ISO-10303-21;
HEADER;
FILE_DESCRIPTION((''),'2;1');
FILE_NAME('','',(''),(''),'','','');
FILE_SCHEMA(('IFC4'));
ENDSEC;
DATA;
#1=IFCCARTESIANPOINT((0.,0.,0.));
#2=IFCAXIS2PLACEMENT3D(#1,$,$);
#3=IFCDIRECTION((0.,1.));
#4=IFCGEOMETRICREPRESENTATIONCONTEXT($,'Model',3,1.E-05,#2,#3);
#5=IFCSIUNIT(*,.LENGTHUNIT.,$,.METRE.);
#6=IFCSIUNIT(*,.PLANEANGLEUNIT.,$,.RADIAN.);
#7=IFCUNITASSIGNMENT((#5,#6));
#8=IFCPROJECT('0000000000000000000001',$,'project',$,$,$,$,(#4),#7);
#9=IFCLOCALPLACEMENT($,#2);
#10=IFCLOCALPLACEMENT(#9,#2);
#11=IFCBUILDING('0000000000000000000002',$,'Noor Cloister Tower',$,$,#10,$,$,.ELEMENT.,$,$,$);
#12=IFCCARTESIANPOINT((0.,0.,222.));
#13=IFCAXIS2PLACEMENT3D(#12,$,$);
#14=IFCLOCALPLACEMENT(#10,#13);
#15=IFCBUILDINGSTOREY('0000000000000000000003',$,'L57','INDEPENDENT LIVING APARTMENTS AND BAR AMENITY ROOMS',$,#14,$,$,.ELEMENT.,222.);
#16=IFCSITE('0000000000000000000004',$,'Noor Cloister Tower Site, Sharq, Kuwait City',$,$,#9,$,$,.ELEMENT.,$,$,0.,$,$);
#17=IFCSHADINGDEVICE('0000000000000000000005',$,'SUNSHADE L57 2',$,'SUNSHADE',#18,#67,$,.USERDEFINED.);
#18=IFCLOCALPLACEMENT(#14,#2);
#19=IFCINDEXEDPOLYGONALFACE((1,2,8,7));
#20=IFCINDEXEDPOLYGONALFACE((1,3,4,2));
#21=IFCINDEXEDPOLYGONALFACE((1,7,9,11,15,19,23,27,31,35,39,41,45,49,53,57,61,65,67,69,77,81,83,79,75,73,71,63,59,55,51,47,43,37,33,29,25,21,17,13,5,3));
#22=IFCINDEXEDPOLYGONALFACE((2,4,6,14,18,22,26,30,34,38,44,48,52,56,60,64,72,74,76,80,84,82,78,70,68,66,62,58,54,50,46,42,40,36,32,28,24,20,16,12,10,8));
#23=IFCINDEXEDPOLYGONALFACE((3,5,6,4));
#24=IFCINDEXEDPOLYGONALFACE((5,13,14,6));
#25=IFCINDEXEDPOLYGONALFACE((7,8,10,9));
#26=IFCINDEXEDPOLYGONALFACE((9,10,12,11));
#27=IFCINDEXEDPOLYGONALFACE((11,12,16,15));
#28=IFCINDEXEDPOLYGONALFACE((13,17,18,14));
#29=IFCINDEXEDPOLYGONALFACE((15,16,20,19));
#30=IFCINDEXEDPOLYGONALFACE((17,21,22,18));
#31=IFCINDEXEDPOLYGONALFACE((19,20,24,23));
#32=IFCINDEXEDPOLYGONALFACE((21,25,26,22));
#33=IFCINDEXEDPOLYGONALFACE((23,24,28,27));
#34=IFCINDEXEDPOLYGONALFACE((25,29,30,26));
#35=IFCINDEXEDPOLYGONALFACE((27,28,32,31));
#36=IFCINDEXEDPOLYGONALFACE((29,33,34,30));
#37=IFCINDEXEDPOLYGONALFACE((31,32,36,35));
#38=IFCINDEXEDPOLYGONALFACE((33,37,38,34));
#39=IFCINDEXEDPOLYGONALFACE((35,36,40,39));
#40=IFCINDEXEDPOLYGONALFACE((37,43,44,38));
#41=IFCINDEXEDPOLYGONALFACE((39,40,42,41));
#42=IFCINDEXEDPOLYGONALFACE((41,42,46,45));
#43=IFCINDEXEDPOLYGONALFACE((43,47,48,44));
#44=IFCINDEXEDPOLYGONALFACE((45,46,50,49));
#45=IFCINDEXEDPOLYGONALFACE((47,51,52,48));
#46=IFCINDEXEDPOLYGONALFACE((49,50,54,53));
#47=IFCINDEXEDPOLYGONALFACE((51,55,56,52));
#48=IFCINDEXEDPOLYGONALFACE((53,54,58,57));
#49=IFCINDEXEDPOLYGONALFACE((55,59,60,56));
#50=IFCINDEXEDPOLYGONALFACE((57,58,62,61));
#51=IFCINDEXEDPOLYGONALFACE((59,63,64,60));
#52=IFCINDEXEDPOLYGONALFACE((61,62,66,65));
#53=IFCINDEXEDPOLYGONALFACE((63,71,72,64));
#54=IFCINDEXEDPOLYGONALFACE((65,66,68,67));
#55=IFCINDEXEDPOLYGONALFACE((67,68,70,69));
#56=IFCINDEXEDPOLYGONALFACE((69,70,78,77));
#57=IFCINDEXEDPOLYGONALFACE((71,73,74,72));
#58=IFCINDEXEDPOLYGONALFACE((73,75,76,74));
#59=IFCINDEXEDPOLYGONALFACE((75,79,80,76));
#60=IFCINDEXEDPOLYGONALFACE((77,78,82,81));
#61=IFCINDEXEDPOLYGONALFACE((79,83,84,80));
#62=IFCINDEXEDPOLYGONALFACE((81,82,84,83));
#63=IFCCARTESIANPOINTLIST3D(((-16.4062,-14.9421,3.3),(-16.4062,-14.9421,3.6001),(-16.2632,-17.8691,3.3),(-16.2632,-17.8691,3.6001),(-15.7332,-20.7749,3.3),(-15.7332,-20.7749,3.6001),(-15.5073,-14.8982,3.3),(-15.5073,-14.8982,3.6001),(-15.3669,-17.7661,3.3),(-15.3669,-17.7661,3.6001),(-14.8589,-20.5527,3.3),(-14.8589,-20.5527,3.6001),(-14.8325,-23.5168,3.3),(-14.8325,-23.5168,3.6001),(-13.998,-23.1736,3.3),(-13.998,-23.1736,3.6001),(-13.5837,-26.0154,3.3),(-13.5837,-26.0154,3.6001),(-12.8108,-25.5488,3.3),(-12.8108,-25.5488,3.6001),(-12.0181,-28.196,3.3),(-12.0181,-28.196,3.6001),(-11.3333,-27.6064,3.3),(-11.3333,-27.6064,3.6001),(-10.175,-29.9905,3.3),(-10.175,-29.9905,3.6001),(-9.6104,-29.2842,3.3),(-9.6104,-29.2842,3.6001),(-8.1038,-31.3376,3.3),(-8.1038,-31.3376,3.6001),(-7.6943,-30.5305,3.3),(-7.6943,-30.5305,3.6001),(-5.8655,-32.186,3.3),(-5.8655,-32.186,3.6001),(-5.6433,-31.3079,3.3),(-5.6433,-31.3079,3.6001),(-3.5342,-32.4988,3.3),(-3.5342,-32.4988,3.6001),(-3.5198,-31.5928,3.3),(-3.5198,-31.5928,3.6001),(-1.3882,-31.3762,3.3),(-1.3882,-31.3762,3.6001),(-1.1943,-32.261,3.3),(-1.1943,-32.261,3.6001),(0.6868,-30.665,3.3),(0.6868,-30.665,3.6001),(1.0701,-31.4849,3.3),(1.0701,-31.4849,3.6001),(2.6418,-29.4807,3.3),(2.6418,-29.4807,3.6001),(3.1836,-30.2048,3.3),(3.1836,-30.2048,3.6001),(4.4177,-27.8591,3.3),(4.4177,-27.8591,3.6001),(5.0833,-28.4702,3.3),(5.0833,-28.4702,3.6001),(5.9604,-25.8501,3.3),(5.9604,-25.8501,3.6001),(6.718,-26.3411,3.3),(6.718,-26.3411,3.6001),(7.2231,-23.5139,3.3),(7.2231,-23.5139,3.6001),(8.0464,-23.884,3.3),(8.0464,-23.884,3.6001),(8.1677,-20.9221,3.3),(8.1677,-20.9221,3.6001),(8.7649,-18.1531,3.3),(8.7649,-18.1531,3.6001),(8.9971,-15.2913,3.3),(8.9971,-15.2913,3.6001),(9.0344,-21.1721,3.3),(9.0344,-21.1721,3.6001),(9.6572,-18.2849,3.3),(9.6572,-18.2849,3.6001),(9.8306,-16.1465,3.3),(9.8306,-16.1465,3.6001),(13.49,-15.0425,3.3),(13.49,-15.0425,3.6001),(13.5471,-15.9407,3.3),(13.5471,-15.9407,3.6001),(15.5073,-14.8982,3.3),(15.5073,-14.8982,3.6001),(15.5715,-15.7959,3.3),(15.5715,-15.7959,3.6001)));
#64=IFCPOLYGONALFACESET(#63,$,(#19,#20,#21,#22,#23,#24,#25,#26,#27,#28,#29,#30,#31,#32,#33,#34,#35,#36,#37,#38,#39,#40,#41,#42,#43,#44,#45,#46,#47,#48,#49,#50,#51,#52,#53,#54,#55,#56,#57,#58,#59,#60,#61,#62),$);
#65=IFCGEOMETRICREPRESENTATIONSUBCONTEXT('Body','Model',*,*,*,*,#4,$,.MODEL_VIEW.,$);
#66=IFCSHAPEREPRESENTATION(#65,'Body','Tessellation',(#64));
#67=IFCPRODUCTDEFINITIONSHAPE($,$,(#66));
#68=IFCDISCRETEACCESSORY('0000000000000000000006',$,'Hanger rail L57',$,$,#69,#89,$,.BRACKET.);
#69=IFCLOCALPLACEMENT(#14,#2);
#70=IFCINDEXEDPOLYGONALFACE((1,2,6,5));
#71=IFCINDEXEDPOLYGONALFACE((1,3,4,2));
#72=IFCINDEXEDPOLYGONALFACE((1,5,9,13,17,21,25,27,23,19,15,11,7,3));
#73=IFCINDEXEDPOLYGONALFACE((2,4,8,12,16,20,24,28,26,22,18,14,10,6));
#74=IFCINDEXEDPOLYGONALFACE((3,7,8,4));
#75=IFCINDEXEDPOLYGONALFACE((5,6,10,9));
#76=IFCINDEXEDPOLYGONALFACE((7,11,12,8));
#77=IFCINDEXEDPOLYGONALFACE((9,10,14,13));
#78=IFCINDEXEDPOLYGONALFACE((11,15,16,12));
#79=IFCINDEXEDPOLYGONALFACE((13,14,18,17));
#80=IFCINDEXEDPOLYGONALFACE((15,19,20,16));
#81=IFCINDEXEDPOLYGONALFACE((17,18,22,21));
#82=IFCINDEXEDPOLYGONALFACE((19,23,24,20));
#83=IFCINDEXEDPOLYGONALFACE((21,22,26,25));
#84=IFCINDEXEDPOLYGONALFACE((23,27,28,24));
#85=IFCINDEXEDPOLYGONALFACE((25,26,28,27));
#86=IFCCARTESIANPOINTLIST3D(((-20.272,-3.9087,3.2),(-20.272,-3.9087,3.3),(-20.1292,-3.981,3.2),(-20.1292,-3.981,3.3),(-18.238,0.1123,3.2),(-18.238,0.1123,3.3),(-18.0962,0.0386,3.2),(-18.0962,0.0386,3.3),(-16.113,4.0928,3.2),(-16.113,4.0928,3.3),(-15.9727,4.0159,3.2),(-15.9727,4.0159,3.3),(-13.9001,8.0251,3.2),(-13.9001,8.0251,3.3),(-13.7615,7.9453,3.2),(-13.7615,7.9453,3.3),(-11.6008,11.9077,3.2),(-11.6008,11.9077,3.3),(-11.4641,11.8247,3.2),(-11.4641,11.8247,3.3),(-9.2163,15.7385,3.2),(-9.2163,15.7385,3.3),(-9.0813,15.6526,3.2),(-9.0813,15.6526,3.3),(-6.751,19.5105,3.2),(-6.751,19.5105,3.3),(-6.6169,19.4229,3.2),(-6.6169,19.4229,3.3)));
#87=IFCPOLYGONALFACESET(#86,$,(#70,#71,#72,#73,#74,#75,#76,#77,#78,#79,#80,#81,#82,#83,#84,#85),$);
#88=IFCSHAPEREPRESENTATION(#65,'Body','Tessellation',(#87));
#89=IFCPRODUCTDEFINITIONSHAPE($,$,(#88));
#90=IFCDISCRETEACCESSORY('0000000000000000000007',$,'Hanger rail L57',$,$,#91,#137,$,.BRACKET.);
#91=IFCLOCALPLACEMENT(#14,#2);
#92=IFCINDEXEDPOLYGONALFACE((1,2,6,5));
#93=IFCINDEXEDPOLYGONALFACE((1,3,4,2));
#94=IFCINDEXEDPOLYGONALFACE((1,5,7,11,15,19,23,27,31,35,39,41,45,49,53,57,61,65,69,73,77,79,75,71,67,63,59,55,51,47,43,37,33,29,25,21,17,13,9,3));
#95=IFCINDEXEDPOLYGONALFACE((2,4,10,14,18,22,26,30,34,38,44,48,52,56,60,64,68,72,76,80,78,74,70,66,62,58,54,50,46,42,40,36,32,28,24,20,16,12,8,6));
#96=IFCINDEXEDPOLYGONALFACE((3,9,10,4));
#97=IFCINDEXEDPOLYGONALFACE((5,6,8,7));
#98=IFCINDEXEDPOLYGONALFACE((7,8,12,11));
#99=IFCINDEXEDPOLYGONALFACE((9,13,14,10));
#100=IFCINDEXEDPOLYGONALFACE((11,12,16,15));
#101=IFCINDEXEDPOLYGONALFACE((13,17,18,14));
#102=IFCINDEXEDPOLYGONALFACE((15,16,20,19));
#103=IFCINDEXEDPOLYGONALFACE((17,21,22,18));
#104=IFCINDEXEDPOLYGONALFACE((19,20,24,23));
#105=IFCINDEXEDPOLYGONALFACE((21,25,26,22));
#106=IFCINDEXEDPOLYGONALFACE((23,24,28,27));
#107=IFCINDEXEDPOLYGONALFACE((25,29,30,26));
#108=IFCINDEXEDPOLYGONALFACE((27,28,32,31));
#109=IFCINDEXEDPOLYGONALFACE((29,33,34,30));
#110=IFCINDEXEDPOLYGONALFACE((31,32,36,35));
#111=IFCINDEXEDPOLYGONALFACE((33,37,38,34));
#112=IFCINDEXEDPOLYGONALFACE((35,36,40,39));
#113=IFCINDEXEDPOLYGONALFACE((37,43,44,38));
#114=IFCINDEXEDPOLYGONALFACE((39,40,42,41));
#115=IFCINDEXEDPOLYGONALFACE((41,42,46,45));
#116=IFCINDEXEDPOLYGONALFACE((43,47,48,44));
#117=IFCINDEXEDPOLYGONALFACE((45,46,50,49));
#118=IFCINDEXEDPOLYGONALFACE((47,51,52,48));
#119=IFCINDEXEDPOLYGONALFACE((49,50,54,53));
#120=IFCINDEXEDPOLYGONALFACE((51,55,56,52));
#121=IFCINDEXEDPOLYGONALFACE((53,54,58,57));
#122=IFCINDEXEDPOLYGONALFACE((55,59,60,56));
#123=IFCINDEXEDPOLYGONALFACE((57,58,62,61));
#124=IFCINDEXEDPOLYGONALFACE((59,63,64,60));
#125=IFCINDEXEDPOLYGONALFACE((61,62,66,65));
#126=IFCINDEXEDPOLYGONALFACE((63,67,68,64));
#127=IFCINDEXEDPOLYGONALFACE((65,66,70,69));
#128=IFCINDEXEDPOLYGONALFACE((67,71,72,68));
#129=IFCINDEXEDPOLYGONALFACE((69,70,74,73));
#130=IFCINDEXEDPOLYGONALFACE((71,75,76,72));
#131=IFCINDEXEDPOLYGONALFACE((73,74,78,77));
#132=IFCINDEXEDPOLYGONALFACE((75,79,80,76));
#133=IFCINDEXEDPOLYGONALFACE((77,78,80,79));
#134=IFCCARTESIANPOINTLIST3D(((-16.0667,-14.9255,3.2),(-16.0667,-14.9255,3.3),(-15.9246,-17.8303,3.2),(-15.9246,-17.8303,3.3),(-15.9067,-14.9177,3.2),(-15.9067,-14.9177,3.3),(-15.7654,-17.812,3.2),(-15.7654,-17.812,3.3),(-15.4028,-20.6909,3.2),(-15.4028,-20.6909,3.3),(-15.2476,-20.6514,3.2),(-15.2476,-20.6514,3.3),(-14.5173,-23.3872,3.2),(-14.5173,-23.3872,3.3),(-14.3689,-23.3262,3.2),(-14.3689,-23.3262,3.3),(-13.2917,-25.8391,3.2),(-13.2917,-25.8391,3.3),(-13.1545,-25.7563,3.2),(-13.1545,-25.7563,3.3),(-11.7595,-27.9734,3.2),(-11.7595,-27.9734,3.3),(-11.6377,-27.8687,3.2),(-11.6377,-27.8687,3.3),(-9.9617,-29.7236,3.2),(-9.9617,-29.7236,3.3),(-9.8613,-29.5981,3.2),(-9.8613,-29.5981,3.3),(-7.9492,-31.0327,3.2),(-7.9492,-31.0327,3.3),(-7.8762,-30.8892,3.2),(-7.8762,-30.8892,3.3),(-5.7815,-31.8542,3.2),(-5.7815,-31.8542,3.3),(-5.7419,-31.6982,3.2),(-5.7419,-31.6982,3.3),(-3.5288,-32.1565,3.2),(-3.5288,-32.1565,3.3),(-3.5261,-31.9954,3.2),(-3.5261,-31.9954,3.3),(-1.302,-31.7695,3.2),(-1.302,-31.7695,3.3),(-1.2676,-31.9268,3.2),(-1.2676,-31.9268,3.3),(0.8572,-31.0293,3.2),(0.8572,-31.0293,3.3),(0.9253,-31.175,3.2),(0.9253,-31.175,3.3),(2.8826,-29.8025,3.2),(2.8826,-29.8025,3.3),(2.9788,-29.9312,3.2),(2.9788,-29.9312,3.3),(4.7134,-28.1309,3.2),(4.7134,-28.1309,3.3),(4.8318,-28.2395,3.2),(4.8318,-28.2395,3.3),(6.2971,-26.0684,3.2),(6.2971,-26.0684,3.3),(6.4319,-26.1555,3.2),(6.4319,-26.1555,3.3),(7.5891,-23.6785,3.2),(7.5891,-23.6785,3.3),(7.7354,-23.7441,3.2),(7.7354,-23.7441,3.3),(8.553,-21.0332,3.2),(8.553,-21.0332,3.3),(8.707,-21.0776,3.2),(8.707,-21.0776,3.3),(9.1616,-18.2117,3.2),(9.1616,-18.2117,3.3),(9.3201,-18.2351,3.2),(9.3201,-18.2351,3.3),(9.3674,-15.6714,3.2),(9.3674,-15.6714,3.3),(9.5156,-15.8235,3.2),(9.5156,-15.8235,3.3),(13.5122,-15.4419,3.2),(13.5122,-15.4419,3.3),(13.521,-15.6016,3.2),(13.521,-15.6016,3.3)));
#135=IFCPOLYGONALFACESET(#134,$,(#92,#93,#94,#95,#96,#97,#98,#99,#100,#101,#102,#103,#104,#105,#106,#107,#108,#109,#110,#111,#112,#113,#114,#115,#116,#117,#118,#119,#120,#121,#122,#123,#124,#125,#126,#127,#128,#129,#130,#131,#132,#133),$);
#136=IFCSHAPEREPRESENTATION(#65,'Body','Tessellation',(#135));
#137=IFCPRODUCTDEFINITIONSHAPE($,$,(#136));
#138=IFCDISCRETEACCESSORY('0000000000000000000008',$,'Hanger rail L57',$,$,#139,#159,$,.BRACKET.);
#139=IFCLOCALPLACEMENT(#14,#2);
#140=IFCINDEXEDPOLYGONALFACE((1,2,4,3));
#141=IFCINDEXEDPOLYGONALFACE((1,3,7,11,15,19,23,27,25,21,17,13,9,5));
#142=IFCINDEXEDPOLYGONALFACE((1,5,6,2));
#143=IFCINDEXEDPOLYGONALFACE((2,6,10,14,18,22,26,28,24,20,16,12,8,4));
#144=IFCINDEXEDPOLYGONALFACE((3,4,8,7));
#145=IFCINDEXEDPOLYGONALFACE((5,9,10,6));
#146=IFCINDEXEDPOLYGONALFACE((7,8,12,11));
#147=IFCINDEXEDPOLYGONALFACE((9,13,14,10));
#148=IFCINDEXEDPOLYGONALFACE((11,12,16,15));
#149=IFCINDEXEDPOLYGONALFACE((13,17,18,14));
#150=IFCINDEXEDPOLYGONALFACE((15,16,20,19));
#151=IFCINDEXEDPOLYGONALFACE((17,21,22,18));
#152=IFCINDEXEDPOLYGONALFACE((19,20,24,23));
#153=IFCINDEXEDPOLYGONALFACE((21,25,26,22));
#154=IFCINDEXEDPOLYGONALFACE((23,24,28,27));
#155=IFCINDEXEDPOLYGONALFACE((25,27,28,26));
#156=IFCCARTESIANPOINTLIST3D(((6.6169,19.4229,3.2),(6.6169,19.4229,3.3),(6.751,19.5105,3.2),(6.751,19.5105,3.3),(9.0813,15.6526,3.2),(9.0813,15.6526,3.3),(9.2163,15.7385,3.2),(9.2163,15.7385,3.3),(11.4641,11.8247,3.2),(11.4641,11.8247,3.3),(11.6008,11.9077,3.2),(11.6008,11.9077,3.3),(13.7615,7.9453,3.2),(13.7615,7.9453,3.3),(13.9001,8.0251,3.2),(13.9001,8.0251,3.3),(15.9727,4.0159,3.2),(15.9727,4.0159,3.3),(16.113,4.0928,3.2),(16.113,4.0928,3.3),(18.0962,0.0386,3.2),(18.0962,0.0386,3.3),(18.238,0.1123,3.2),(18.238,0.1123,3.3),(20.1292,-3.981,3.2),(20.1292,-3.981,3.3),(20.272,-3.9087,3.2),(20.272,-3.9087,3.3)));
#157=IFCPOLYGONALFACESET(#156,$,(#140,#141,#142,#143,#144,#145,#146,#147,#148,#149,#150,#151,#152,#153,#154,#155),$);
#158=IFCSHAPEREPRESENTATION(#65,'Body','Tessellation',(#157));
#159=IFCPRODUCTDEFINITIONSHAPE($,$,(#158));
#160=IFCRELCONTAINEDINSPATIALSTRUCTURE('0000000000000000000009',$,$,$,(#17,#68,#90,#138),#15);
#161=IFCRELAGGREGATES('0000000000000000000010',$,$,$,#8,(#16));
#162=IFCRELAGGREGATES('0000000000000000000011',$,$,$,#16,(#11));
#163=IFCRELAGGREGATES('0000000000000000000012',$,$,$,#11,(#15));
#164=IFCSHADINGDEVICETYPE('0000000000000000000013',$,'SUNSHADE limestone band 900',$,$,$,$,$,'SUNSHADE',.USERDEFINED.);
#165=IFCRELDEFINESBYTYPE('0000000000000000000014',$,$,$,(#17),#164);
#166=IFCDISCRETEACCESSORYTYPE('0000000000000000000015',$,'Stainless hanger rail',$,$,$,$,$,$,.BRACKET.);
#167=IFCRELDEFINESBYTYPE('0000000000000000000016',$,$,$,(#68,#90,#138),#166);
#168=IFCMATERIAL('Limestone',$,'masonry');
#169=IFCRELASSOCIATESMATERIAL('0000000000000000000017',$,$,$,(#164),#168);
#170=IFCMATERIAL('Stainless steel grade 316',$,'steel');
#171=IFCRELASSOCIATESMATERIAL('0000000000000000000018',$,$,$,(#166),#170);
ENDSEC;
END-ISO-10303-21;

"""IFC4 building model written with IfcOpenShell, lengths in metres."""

from ifc_helpers import new_model, si_unit, direction, frame, origin, place, context, subcontext, project, spatial, polyline, outline, extrude, material, type_object, element, save


model = new_model("IFC4")

# Units and contexts
model_context = context("Model", 3, precision=1e-05, world=origin(), true_north=direction((0.0, 1.0)))
body_context = subcontext(model_context, "Body", "Model", "MODEL_VIEW")
ifc_project = project(units=[si_unit("LENGTHUNIT", "METRE"), si_unit("PLANEANGLEUNIT", "RADIAN")], contexts=[model_context])

# Site, building, storey
site_placement = place(None, origin())
site = spatial("IfcSite", under=ifc_project, at=site_placement, Name="Noor Cloister Tower Site, Sharq, Kuwait City", CompositionType="ELEMENT", RefElevation=0.0)
building_placement = place(site_placement, origin())
building = spatial("IfcBuilding", under=site, at=building_placement, Name="Noor Cloister Tower", CompositionType="ELEMENT")
storey_placement = place(building_placement, frame((0.0, 0.0, 222.0)))
storey = spatial("IfcBuildingStorey", under=building, at=storey_placement, Name="L57", Description="INDEPENDENT LIVING APARTMENTS AND BAR AMENITY ROOMS", CompositionType="ELEMENT", Elevation=222.0)

# Shading device
ifc_material_1 = material(Name="Limestone", Category="masonry")
shading_device_type = type_object("IfcShadingDeviceType", Name="SUNSHADE limestone band 900", ElementType="SUNSHADE", PredefinedType="USERDEFINED", material=ifc_material_1)
shading_device_1_placement = place(storey_placement, frame((0.0, 0.0, 3.3)))
element("IfcShadingDevice", 1, at=shading_device_1_placement, inside=storey, type_object=shading_device_type, Name="SUNSHADE L57 2", ObjectType="SUNSHADE", PredefinedType="USERDEFINED", context=body_context, shape_type="SweptSolid", body=[
    extrude(outline(polyline([(-16.4062, -14.9421), (-16.2632, -17.8691), (-15.7332, -20.7749), (-14.8325, -23.5168), (-13.5837, -26.0154), (-12.0181, -28.196), (-10.175, -29.9905), (-8.1038, -31.3376), (-5.8655, -32.186), (-3.5342, -32.4988), (-1.1943, -32.261), (1.0701, -31.4849), (3.1836, -30.2048), (5.0833, -28.4702), (6.718, -26.3411), (8.0464, -23.884), (9.0344, -21.1721), (9.6572, -18.2849), (9.8306, -16.1465), (13.5471, -15.9407), (15.5715, -15.7959), (15.5073, -14.8982), (13.49, -15.0425), (8.9971, -15.2913), (8.7649, -18.1531), (8.1677, -20.9221), (7.2231, -23.5139), (5.9604, -25.8501), (4.4177, -27.8591), (2.6418, -29.4807), (0.6868, -30.665), (-1.3882, -31.3762), (-3.5198, -31.5928), (-5.6433, -31.3079), (-7.6943, -30.5305), (-9.6104, -29.2842), (-11.3333, -27.6064), (-12.8108, -25.5488), (-13.998, -23.1736), (-14.8589, -20.5527), (-15.3669, -17.7661), (-15.5073, -14.8982), (-16.4062, -14.9421)])), origin(), (0.0, 0.0, 1.0), 0.3),
])

# Discrete accessories
ifc_material_2 = material(Name="Stainless steel grade 316", Category="steel")
discrete_accessory_type = type_object("IfcDiscreteAccessoryType", Name="Stainless hanger rail", PredefinedType="BRACKET", material=ifc_material_2)
discrete_accessory_1_placement = place(storey_placement, frame((0.0, 0.0, 3.2)))
element("IfcDiscreteAccessory", 2, at=discrete_accessory_1_placement, inside=storey, type_object=discrete_accessory_type, Name="Hanger rail L57", PredefinedType="BRACKET", context=body_context, shape_type="SweptSolid", body=[
    extrude(outline(polyline([(-6.751, 19.5105), (-9.2163, 15.7385), (-11.6008, 11.9077), (-13.9001, 8.0251), (-16.113, 4.0928), (-18.238, 0.1123), (-20.272, -3.9087), (-20.1292, -3.981), (-18.0962, 0.0386), (-15.9727, 4.0159), (-13.7615, 7.9453), (-11.4641, 11.8247), (-9.0813, 15.6526), (-6.6169, 19.4229), (-6.751, 19.5105)])), origin(), (0.0, 0.0, 1.0), 0.1001),
])
discrete_accessory_2_placement = place(storey_placement, frame((0.0, 0.0, 3.2)))
element("IfcDiscreteAccessory", 3, at=discrete_accessory_2_placement, inside=storey, type_object=discrete_accessory_type, Name="Hanger rail L57", PredefinedType="BRACKET", context=body_context, shape_type="SweptSolid", body=[
    extrude(outline(polyline([(-16.0667, -14.9255), (-15.9246, -17.8303), (-15.4028, -20.6909), (-14.5173, -23.3872), (-13.2917, -25.8391), (-11.7595, -27.9734), (-9.9617, -29.7236), (-7.9492, -31.0327), (-5.7815, -31.8542), (-3.5288, -32.1565), (-1.2676, -31.9268), (0.9253, -31.175), (2.9788, -29.9312), (4.8318, -28.2395), (6.4319, -26.1555), (7.7354, -23.7441), (8.707, -21.0776), (9.3201, -18.2351), (9.5156, -15.8235), (13.521, -15.6016), (13.5122, -15.4419), (9.3674, -15.6714), (9.1616, -18.2117), (8.553, -21.0332), (7.5891, -23.6785), (6.2971, -26.0684), (4.7134, -28.1309), (2.8826, -29.8025), (0.8572, -31.0293), (-1.302, -31.7695), (-3.5261, -31.9954), (-5.7419, -31.6982), (-7.8762, -30.8892), (-9.8613, -29.5981), (-11.6377, -27.8687), (-13.1545, -25.7563), (-14.3689, -23.3262), (-15.2476, -20.6514), (-15.7654, -17.812), (-15.9067, -14.9177), (-16.0667, -14.9255)])), origin(), (0.0, 0.0, 1.0), 0.1001),
])
discrete_accessory_3_placement = place(storey_placement, frame((0.0, 0.0, 3.2)))
element("IfcDiscreteAccessory", 4, at=discrete_accessory_3_placement, inside=storey, type_object=discrete_accessory_type, Name="Hanger rail L57", PredefinedType="BRACKET", context=body_context, shape_type="SweptSolid", body=[
    extrude(outline(polyline([(20.272, -3.9087), (18.238, 0.1123), (16.113, 4.0928), (13.9001, 8.0251), (11.6008, 11.9077), (9.2163, 15.7385), (6.751, 19.5105), (6.6169, 19.4229), (9.0813, 15.6526), (11.4641, 11.8247), (13.7615, 7.9453), (15.9727, 4.0159), (18.0962, 0.0386), (20.1292, -3.981), (20.272, -3.9087)])), origin(), (0.0, 0.0, 1.0), 0.1001),
])

save(model, "model.ifc")
